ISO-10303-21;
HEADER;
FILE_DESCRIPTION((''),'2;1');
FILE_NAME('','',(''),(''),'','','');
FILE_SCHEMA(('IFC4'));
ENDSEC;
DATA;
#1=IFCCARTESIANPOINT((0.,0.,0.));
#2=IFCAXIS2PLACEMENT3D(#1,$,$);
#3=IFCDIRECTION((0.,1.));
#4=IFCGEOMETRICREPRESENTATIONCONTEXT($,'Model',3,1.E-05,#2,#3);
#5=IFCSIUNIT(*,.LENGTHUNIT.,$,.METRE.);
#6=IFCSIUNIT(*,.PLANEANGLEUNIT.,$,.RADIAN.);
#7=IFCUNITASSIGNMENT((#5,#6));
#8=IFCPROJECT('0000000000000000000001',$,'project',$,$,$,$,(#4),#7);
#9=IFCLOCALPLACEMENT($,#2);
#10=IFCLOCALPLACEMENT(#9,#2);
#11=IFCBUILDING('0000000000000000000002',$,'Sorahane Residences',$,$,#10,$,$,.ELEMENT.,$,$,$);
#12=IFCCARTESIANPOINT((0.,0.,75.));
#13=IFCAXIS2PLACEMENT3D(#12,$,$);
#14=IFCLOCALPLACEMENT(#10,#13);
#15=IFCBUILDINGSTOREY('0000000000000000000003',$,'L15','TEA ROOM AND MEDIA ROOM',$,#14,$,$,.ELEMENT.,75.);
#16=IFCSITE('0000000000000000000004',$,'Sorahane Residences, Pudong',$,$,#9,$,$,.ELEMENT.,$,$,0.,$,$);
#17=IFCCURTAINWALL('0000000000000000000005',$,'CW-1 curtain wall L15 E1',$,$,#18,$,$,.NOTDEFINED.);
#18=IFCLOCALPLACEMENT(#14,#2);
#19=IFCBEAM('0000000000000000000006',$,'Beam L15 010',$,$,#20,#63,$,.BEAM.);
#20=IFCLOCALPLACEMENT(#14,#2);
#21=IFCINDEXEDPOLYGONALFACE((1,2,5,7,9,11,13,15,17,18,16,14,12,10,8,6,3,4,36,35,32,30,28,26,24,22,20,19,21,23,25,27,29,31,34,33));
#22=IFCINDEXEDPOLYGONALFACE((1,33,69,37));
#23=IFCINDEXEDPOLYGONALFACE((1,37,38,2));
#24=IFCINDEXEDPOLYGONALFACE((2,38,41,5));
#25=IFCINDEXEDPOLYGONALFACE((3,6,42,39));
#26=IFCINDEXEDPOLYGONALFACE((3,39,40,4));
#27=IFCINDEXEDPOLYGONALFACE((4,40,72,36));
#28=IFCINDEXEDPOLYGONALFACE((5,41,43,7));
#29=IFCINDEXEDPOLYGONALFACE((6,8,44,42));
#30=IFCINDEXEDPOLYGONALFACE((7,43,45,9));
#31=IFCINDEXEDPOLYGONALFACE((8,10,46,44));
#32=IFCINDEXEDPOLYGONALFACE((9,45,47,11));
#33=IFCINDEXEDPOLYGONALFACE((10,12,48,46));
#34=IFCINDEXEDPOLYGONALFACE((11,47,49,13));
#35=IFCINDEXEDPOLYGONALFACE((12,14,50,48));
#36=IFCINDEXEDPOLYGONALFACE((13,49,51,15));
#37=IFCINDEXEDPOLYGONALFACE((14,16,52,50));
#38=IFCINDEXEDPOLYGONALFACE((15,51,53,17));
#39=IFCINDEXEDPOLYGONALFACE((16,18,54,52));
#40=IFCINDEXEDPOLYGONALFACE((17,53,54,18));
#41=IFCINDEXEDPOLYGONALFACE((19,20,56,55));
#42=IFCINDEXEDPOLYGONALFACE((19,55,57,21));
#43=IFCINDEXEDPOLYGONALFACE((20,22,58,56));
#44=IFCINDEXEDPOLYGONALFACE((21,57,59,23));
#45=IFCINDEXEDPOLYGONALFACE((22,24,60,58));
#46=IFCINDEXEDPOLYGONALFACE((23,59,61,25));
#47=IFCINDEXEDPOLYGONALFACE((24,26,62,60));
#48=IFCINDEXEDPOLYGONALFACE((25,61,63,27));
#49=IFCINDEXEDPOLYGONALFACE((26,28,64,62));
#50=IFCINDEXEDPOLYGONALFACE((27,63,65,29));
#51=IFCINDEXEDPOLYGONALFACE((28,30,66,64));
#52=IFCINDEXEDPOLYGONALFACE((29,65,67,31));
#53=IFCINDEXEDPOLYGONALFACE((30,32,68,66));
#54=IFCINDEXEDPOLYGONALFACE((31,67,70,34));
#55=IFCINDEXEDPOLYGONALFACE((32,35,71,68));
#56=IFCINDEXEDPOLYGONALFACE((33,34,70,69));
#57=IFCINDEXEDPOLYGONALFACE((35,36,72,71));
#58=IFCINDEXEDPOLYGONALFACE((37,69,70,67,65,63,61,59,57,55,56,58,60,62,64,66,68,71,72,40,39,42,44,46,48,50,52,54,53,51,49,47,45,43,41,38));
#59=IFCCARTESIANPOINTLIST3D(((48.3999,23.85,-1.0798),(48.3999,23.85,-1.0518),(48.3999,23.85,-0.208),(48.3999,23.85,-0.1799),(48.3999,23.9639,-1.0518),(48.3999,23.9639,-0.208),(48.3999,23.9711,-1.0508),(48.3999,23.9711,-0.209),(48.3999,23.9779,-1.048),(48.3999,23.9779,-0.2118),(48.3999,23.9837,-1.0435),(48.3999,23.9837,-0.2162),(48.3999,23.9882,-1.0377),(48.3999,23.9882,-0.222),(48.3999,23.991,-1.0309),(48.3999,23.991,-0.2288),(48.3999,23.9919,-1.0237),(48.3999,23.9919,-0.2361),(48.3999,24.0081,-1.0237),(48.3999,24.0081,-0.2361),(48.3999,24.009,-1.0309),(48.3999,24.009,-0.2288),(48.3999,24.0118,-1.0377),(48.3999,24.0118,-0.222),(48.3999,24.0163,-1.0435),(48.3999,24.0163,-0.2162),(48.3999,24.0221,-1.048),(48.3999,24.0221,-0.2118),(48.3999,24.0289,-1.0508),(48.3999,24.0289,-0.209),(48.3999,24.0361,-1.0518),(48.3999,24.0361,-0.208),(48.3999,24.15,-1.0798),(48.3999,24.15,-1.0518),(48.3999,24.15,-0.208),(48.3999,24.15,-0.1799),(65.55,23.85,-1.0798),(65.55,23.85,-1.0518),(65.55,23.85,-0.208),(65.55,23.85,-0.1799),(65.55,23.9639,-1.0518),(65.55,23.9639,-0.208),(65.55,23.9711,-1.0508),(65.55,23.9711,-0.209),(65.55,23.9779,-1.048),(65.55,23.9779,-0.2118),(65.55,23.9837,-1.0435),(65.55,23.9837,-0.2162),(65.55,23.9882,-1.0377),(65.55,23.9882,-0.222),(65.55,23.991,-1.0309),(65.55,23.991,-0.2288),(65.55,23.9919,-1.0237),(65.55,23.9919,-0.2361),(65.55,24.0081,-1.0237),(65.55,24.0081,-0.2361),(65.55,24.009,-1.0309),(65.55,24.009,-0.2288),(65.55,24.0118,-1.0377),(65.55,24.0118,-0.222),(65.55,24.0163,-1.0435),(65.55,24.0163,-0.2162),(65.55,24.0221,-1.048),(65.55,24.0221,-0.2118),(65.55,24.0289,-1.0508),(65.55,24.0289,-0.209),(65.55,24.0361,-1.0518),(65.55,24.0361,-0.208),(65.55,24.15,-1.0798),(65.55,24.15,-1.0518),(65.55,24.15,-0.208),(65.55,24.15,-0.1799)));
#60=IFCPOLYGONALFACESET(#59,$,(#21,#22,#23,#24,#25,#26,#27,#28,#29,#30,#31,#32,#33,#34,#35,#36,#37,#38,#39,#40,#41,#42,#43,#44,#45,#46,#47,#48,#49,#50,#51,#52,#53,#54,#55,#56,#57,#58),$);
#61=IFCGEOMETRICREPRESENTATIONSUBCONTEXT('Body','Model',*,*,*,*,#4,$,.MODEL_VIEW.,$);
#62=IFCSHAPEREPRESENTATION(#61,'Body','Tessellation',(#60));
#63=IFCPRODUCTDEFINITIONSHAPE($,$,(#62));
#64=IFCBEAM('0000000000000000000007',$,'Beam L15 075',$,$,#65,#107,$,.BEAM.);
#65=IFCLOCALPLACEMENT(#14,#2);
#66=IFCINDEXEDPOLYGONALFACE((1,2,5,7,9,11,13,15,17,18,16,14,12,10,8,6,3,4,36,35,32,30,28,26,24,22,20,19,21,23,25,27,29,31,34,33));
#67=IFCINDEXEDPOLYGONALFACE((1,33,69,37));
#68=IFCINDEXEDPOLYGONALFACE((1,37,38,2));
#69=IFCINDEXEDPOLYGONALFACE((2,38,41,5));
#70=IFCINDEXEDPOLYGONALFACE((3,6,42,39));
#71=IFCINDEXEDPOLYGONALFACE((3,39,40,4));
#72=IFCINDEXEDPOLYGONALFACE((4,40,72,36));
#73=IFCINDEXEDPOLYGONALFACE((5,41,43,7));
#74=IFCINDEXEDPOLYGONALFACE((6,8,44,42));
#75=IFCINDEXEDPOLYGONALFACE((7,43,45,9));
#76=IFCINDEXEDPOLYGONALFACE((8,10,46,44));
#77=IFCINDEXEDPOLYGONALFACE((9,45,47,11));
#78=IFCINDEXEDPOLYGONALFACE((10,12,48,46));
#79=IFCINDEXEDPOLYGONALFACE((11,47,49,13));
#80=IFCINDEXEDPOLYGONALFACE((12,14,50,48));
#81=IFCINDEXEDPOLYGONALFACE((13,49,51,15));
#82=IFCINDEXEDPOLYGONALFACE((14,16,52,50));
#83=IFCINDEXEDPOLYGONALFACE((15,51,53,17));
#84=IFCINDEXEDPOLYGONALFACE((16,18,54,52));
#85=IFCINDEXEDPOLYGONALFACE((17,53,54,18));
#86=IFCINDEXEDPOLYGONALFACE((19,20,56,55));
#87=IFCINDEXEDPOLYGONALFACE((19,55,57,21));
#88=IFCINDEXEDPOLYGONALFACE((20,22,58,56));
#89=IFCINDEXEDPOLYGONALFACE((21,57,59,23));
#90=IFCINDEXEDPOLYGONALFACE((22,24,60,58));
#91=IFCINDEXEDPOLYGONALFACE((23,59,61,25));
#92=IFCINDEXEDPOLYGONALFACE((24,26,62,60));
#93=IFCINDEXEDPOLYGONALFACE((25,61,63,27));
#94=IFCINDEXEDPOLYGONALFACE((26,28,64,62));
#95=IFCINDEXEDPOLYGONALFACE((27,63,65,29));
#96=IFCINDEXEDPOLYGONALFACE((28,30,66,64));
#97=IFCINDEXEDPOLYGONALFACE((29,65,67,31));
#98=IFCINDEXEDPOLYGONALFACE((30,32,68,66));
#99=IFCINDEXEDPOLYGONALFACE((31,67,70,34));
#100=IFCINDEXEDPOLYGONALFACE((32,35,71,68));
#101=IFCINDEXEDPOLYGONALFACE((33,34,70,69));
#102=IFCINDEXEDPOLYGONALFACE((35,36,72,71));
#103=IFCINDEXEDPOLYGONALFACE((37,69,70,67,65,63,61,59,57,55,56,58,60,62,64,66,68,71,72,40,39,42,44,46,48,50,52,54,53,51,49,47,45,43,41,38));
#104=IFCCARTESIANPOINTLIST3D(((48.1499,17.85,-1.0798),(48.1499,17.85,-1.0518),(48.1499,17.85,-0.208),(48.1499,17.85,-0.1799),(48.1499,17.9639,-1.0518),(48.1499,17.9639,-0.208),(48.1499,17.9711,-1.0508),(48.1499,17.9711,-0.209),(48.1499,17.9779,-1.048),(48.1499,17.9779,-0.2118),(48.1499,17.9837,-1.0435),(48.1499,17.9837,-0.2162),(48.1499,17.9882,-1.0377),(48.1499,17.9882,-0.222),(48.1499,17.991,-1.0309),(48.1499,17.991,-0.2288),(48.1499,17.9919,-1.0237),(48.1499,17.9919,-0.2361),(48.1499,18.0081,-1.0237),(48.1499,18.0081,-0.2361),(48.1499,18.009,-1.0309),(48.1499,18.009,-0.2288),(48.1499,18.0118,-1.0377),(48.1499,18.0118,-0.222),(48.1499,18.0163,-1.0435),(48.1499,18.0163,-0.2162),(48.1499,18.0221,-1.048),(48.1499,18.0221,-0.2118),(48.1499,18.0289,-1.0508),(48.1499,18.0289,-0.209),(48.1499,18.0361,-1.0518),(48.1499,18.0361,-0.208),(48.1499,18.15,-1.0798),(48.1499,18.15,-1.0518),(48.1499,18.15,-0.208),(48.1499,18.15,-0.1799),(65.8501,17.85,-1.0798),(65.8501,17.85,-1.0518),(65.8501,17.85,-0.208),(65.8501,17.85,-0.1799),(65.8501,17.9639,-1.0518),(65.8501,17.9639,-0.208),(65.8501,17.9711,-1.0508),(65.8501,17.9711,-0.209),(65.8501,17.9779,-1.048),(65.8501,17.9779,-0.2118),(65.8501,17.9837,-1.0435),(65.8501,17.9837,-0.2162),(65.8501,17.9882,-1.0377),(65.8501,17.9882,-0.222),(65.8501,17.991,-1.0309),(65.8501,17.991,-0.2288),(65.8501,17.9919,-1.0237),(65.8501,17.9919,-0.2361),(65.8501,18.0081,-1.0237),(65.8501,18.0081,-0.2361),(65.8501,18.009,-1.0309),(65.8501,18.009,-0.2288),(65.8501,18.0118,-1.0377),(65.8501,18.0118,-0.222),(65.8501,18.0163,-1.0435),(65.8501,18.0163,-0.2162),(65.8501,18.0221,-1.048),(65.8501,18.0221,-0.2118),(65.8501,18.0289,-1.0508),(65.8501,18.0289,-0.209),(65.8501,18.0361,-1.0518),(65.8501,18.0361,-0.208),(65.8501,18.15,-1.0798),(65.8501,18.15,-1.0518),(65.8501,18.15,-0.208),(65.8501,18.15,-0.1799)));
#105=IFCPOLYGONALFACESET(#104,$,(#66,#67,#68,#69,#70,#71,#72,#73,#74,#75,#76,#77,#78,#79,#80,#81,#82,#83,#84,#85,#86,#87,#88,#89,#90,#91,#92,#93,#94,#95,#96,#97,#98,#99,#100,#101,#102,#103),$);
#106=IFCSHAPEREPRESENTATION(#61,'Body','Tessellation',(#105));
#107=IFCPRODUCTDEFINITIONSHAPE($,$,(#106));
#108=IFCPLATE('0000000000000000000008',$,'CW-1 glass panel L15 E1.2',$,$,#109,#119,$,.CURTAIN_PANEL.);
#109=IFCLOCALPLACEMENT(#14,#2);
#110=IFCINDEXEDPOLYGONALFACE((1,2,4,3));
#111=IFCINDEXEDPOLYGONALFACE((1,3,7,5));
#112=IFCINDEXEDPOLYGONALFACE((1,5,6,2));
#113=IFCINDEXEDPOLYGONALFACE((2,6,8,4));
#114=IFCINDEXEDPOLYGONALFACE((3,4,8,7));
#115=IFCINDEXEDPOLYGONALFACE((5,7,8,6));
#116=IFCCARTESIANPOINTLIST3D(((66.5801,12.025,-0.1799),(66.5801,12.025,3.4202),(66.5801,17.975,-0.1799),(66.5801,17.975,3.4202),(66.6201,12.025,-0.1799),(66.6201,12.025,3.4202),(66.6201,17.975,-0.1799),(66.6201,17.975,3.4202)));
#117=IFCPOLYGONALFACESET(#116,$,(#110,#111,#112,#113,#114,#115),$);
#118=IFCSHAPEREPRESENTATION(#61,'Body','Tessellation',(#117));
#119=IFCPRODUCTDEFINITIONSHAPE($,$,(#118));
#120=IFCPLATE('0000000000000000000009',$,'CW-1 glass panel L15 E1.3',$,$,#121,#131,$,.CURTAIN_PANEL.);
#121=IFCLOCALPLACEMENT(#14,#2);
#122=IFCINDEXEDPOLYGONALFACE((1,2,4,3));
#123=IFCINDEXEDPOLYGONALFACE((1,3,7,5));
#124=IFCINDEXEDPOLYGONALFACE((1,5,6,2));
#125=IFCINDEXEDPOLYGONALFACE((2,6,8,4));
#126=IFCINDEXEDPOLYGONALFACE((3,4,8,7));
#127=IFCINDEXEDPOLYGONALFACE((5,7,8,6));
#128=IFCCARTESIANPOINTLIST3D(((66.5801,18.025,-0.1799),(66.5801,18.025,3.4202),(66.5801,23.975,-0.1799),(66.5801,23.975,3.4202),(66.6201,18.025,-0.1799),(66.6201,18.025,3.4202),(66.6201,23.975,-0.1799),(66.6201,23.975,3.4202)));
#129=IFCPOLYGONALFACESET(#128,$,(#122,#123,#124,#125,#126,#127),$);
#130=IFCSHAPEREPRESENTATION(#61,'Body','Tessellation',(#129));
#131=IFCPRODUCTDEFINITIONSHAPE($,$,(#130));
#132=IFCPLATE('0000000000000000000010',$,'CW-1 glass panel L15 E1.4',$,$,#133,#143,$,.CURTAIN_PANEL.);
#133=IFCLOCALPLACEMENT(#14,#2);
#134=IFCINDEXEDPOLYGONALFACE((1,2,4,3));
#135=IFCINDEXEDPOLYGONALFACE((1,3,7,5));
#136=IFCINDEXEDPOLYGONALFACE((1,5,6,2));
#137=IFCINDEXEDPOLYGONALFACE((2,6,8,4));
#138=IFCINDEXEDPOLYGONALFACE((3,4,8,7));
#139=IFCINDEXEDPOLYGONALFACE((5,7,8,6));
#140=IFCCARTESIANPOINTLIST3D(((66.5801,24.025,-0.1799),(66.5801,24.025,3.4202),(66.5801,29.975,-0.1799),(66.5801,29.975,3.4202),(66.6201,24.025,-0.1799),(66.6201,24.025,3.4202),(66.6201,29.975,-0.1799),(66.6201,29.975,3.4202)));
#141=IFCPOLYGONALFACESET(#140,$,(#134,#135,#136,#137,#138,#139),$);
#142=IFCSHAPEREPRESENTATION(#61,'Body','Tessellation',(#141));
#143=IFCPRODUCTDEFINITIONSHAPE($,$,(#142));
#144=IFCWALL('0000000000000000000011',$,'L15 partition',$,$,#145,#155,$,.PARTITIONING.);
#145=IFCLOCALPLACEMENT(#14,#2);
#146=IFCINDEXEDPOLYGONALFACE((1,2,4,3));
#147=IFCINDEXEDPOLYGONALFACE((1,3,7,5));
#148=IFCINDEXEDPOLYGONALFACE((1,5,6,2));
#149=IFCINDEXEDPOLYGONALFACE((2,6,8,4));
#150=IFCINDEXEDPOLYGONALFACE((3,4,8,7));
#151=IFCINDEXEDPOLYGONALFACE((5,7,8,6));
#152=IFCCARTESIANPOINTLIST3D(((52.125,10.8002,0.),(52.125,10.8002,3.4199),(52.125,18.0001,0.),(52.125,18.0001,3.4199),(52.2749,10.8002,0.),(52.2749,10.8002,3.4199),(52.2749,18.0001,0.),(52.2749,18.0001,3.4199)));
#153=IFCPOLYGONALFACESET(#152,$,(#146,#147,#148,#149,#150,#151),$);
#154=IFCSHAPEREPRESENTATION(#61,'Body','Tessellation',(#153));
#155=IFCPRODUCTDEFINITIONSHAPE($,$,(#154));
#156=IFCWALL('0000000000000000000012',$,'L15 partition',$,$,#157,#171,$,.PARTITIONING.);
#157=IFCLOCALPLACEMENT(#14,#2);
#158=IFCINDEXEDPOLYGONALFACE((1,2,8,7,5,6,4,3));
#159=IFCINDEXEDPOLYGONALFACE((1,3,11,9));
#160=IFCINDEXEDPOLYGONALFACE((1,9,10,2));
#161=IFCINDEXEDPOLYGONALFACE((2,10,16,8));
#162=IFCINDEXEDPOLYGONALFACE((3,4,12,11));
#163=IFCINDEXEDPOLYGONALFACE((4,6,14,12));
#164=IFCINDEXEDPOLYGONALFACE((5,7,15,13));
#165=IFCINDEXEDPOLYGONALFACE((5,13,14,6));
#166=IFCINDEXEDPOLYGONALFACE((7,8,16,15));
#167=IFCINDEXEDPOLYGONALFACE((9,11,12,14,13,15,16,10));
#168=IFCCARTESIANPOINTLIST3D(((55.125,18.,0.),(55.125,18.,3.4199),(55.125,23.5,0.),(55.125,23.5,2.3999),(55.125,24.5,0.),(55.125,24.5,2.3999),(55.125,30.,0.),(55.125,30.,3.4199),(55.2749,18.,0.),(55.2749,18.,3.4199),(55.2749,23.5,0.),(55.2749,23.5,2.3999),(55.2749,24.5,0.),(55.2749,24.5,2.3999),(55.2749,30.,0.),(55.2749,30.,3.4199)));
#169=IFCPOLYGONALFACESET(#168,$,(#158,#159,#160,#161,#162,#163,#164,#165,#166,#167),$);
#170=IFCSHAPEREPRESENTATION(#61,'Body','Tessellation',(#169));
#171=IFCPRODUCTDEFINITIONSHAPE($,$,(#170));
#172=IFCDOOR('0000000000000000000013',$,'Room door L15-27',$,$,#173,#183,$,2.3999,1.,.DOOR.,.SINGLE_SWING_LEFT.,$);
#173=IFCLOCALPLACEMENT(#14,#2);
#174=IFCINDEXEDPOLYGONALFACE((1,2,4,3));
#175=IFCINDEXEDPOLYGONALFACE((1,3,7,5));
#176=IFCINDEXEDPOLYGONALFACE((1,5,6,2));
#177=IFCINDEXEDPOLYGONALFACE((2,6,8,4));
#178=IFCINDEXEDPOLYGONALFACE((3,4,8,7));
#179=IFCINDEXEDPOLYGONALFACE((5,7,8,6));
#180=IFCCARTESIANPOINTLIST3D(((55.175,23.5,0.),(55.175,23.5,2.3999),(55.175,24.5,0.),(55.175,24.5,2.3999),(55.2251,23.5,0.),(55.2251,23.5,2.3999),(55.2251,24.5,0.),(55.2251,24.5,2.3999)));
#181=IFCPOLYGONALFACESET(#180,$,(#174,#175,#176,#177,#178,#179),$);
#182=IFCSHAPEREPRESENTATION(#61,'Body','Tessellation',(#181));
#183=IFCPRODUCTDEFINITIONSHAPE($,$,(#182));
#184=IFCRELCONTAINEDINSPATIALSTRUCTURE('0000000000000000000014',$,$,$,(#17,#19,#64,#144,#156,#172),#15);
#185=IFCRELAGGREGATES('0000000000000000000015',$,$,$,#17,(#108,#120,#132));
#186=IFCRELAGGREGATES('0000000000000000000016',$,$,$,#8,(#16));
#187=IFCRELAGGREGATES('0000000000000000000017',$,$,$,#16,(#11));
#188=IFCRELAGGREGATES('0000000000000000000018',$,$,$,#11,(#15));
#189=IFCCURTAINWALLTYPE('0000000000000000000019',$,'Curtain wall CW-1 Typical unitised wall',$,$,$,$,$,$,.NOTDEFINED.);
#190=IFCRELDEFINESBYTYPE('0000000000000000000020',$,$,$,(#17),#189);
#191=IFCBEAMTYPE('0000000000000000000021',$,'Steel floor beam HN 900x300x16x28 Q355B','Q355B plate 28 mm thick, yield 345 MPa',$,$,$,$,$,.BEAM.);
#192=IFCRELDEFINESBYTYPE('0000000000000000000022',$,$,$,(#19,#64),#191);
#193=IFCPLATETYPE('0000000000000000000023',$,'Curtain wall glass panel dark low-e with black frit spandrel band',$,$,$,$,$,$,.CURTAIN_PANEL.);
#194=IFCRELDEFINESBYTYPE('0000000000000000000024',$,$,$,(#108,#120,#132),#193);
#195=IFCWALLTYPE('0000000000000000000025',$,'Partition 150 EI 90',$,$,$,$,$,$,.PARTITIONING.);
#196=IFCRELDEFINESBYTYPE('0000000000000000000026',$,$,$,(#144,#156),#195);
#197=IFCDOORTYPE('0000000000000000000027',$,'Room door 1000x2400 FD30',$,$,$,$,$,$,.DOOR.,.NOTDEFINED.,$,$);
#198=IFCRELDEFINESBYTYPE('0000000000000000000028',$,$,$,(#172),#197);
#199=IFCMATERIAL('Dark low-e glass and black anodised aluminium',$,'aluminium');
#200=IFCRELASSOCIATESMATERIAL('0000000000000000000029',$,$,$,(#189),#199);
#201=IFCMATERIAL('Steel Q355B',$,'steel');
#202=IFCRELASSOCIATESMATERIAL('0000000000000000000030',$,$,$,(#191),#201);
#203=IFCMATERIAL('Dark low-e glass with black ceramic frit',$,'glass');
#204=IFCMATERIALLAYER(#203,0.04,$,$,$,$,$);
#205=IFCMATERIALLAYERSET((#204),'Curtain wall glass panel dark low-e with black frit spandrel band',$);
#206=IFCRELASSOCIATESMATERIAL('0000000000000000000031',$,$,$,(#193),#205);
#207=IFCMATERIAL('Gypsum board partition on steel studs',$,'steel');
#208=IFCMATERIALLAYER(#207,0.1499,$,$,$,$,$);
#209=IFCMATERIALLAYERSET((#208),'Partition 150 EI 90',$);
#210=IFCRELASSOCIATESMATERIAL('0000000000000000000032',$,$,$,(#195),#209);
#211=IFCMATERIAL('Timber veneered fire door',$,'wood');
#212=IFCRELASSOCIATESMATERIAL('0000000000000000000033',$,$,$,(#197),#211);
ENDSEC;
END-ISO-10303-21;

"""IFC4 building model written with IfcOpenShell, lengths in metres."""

from ifc_helpers import new_model, si_unit, direction, frame, frame_2d, origin, origin_2d, place, context, subcontext, project, spatial, rectangle, i_section, extrude, material, layer, layer_set, material_profile, profile_set, type_object, element, fill, aggregate, save


model = new_model("IFC4")

# Units and contexts
model_context = context("Model", 3, precision=1e-05, world=origin(), true_north=direction((0.0, 1.0)))
body_context = subcontext(model_context, "Body", "Model", "MODEL_VIEW")
ifc_project = project(units=[si_unit("LENGTHUNIT", "METRE"), si_unit("PLANEANGLEUNIT", "RADIAN")], contexts=[model_context])

# Site, building, storey
site_placement = place(None, origin())
site = spatial("IfcSite", under=ifc_project, at=site_placement, Name="Sorahane Residences, Pudong", CompositionType="ELEMENT", RefElevation=0.0)
building_placement = place(site_placement, origin())
building = spatial("IfcBuilding", under=site, at=building_placement, Name="Sorahane Residences", CompositionType="ELEMENT")
storey_placement = place(building_placement, frame((0.0, 0.0, 75.0)))
storey = spatial("IfcBuildingStorey", under=building, at=storey_placement, Name="L15", Description="TEA ROOM AND MEDIA ROOM", CompositionType="ELEMENT", Elevation=75.0)

# Curtain wall
ifc_material_1 = material(Name="Dark low-e glass and black anodised aluminium", Category="aluminium")
curtain_wall_type = type_object("IfcCurtainWallType", Name="Curtain wall CW-1 Typical unitised wall", PredefinedType="NOTDEFINED", material=ifc_material_1)
curtain_wall_placement = place(storey_placement, origin())
curtain_wall = element("IfcCurtainWall", 1, at=curtain_wall_placement, inside=storey, type_object=curtain_wall_type, Name="CW-1 curtain wall L15 E1", PredefinedType="NOTDEFINED")

# Beams
ifc_material_2 = material(Name="Steel Q355B", Category="steel")
ifc_material_profile_1 = material_profile(ifc_material_2, i_section(OverallWidth=0.3, OverallDepth=0.8999, WebThickness=0.0161, FlangeThickness=0.0281, FilletRadius=0.0281, at=origin_2d()), Name="HN 900x300x16x28")
ifc_profile_set_1 = profile_set([ifc_material_profile_1], Name="Steel Q355B")
beam_type_1 = type_object("IfcBeamType", Name="Steel floor beam HN 900x300x16x28 Q355B", Description="Q355B plate 28 mm thick, yield 345 MPa", PredefinedType="BEAM", material=ifc_profile_set_1)
for number, where, z_axis, x_axis, name in (
    (2, (48.3999, 24.0, -0.6299), (1.0, 0.0, 0.0), (0.0, 1.0, 0.0), "Beam L15 010"),
):
    element("IfcBeam", number, at=place(storey_placement, frame(where, z_axis=z_axis, x_axis=x_axis)), inside=storey, type_object=beam_type_1, Name=name, PredefinedType="BEAM", context=body_context, shape_type="SweptSolid", body=[
        extrude(i_section(OverallWidth=0.3, OverallDepth=0.8999, WebThickness=0.0161, FlangeThickness=0.0281, FilletRadius=0.0281, at=origin_2d()), origin(), (0.0, 0.0, 1.0), 17.1501),
    ])
beam_1_placement = place(storey_placement, frame((48.1499, 18.0, -0.6299), z_axis=(1.0, 0.0, 0.0), x_axis=(0.0, 1.0, 0.0)))
element("IfcBeam", 3, at=beam_1_placement, inside=storey, type_object=beam_type_1, Name="Beam L15 075", PredefinedType="BEAM", context=body_context, shape_type="SweptSolid", body=[
    extrude(i_section(OverallWidth=0.3, OverallDepth=0.8999, WebThickness=0.0161, FlangeThickness=0.0281, FilletRadius=0.0281, at=origin_2d()), origin(), (0.0, 0.0, 1.0), 17.7002),
])

# Plates
ifc_material_3 = material(Name="Dark low-e glass with black ceramic frit", Category="glass")
ifc_layer_1 = layer(ifc_material_3, 0.04)
ifc_layer_set_1 = layer_set([ifc_layer_1], Name="Curtain wall glass panel dark low-e with black frit spandrel band")
plate_type = type_object("IfcPlateType", Name="Curtain wall glass panel dark low-e with black frit spandrel band", PredefinedType="CURTAIN_PANEL", material=ifc_layer_set_1)
plate_1_placement = place(storey_placement, frame((66.6001, 15.0, -0.1799), z_axis=(0.0, 0.0, 1.0), x_axis=(0.0, 1.0, 0.0)))
plate_1 = element("IfcPlate", 4, at=plate_1_placement, type_object=plate_type, Name="CW-1 glass panel L15 E1.2", PredefinedType="CURTAIN_PANEL", context=body_context, shape_type="SweptSolid", body=[
    extrude(rectangle(XDim=5.95, YDim=0.04, at=origin_2d()), origin(), (0.0, 0.0, 1.0), 3.6001),
])
plate_2_placement = place(storey_placement, frame((66.6001, 21.0, -0.1799), z_axis=(0.0, 0.0, 1.0), x_axis=(0.0, 1.0, 0.0)))
plate_2 = element("IfcPlate", 5, at=plate_2_placement, type_object=plate_type, Name="CW-1 glass panel L15 E1.3", PredefinedType="CURTAIN_PANEL", context=body_context, shape_type="SweptSolid", body=[
    extrude(rectangle(XDim=5.95, YDim=0.04, at=origin_2d()), origin(), (0.0, 0.0, 1.0), 3.6001),
])
plate_3_placement = place(storey_placement, frame((66.6001, 27.0, -0.1799), z_axis=(0.0, 0.0, 1.0), x_axis=(0.0, 1.0, 0.0)))
plate_3 = element("IfcPlate", 6, at=plate_3_placement, type_object=plate_type, Name="CW-1 glass panel L15 E1.4", PredefinedType="CURTAIN_PANEL", context=body_context, shape_type="SweptSolid", body=[
    extrude(rectangle(XDim=5.95, YDim=0.04, at=origin_2d()), origin(), (0.0, 0.0, 1.0), 3.6001),
])
aggregate(curtain_wall, [plate_1, plate_2, plate_3])

# Wall
ifc_material_4 = material(Name="Gypsum board partition on steel studs", Category="steel")
ifc_layer_2 = layer(ifc_material_4, 0.1499)
ifc_layer_set_2 = layer_set([ifc_layer_2], Name="Partition 150 EI 90")
wall_type_1 = type_object("IfcWallType", Name="Partition 150 EI 90", PredefinedType="PARTITIONING", material=ifc_layer_set_2)
wall_1_placement = place(storey_placement, frame((52.2, 10.8, 0.0), z_axis=(0.0, 0.0, 1.0), x_axis=(0.0, 1.0, 0.0)))
element("IfcWall", 7, at=wall_1_placement, inside=storey, type_object=wall_type_1, Name="L15 partition", PredefinedType="PARTITIONING", context=body_context, shape_type="SweptSolid", body=[
    extrude(rectangle(XDim=7.2, YDim=0.1499, at=frame_2d((3.6001, 0.0))), origin(), (0.0, 0.0, 1.0), 3.4199),
])

# Wall, opening, door
wall_2_placement = place(storey_placement, frame((55.2, 18.0, 0.0), z_axis=(0.0, 0.0, 1.0), x_axis=(0.0, 1.0, 0.0)))
wall_2 = element("IfcWall", 8, at=wall_2_placement, inside=storey, type_object=wall_type_1, Name="L15 partition", PredefinedType="PARTITIONING", context=body_context, shape_type="SweptSolid", body=[
    extrude(rectangle(XDim=12.0, YDim=0.1499, at=frame_2d((6.0, 0.0))), origin(), (0.0, 0.0, 1.0), 3.4199),
])
opening_1_placement = place(wall_2_placement, frame((5.5, 0.0, 0.0)))
opening_1 = element("IfcOpeningElement", 9, at=opening_1_placement, cuts=wall_2, PredefinedType="OPENING", context=body_context, shape_type="SweptSolid", body=[
    extrude(rectangle(XDim=1.0, YDim=2.3999, at=frame_2d((0.5, 1.2))), frame((0.0, 0.085, 0.0), z_axis=(0.0, -1.0, 0.0), x_axis=(1.0, 0.0, 0.0)), (0.0, 0.0, 1.0), 0.1699),
])
ifc_material_5 = material(Name="Timber veneered fire door", Category="wood")
door_type_1 = type_object("IfcDoorType", Name="Room door 1000x2400 FD30", OperationType="NOTDEFINED", PredefinedType="DOOR", material=ifc_material_5)
door_1_placement = place(opening_1_placement, origin())
door_1 = element("IfcDoor", 10, at=door_1_placement, inside=storey, type_object=door_type_1, Name="Room door L15-27", OperationType="SINGLE_SWING_LEFT", OverallHeight=2.3999, OverallWidth=1.0, PredefinedType="DOOR", context=body_context, shape_type="SweptSolid", body=[
    extrude(rectangle(XDim=1.0, YDim=2.3999, at=frame_2d((0.5, 1.2))), frame((0.0, 0.0249, 0.0), z_axis=(0.0, -1.0, 0.0), x_axis=(1.0, 0.0, 0.0)), (0.0, 0.0, 1.0), 0.05),
])
fill(opening_1, door_1)

save(model, "model.ifc")
